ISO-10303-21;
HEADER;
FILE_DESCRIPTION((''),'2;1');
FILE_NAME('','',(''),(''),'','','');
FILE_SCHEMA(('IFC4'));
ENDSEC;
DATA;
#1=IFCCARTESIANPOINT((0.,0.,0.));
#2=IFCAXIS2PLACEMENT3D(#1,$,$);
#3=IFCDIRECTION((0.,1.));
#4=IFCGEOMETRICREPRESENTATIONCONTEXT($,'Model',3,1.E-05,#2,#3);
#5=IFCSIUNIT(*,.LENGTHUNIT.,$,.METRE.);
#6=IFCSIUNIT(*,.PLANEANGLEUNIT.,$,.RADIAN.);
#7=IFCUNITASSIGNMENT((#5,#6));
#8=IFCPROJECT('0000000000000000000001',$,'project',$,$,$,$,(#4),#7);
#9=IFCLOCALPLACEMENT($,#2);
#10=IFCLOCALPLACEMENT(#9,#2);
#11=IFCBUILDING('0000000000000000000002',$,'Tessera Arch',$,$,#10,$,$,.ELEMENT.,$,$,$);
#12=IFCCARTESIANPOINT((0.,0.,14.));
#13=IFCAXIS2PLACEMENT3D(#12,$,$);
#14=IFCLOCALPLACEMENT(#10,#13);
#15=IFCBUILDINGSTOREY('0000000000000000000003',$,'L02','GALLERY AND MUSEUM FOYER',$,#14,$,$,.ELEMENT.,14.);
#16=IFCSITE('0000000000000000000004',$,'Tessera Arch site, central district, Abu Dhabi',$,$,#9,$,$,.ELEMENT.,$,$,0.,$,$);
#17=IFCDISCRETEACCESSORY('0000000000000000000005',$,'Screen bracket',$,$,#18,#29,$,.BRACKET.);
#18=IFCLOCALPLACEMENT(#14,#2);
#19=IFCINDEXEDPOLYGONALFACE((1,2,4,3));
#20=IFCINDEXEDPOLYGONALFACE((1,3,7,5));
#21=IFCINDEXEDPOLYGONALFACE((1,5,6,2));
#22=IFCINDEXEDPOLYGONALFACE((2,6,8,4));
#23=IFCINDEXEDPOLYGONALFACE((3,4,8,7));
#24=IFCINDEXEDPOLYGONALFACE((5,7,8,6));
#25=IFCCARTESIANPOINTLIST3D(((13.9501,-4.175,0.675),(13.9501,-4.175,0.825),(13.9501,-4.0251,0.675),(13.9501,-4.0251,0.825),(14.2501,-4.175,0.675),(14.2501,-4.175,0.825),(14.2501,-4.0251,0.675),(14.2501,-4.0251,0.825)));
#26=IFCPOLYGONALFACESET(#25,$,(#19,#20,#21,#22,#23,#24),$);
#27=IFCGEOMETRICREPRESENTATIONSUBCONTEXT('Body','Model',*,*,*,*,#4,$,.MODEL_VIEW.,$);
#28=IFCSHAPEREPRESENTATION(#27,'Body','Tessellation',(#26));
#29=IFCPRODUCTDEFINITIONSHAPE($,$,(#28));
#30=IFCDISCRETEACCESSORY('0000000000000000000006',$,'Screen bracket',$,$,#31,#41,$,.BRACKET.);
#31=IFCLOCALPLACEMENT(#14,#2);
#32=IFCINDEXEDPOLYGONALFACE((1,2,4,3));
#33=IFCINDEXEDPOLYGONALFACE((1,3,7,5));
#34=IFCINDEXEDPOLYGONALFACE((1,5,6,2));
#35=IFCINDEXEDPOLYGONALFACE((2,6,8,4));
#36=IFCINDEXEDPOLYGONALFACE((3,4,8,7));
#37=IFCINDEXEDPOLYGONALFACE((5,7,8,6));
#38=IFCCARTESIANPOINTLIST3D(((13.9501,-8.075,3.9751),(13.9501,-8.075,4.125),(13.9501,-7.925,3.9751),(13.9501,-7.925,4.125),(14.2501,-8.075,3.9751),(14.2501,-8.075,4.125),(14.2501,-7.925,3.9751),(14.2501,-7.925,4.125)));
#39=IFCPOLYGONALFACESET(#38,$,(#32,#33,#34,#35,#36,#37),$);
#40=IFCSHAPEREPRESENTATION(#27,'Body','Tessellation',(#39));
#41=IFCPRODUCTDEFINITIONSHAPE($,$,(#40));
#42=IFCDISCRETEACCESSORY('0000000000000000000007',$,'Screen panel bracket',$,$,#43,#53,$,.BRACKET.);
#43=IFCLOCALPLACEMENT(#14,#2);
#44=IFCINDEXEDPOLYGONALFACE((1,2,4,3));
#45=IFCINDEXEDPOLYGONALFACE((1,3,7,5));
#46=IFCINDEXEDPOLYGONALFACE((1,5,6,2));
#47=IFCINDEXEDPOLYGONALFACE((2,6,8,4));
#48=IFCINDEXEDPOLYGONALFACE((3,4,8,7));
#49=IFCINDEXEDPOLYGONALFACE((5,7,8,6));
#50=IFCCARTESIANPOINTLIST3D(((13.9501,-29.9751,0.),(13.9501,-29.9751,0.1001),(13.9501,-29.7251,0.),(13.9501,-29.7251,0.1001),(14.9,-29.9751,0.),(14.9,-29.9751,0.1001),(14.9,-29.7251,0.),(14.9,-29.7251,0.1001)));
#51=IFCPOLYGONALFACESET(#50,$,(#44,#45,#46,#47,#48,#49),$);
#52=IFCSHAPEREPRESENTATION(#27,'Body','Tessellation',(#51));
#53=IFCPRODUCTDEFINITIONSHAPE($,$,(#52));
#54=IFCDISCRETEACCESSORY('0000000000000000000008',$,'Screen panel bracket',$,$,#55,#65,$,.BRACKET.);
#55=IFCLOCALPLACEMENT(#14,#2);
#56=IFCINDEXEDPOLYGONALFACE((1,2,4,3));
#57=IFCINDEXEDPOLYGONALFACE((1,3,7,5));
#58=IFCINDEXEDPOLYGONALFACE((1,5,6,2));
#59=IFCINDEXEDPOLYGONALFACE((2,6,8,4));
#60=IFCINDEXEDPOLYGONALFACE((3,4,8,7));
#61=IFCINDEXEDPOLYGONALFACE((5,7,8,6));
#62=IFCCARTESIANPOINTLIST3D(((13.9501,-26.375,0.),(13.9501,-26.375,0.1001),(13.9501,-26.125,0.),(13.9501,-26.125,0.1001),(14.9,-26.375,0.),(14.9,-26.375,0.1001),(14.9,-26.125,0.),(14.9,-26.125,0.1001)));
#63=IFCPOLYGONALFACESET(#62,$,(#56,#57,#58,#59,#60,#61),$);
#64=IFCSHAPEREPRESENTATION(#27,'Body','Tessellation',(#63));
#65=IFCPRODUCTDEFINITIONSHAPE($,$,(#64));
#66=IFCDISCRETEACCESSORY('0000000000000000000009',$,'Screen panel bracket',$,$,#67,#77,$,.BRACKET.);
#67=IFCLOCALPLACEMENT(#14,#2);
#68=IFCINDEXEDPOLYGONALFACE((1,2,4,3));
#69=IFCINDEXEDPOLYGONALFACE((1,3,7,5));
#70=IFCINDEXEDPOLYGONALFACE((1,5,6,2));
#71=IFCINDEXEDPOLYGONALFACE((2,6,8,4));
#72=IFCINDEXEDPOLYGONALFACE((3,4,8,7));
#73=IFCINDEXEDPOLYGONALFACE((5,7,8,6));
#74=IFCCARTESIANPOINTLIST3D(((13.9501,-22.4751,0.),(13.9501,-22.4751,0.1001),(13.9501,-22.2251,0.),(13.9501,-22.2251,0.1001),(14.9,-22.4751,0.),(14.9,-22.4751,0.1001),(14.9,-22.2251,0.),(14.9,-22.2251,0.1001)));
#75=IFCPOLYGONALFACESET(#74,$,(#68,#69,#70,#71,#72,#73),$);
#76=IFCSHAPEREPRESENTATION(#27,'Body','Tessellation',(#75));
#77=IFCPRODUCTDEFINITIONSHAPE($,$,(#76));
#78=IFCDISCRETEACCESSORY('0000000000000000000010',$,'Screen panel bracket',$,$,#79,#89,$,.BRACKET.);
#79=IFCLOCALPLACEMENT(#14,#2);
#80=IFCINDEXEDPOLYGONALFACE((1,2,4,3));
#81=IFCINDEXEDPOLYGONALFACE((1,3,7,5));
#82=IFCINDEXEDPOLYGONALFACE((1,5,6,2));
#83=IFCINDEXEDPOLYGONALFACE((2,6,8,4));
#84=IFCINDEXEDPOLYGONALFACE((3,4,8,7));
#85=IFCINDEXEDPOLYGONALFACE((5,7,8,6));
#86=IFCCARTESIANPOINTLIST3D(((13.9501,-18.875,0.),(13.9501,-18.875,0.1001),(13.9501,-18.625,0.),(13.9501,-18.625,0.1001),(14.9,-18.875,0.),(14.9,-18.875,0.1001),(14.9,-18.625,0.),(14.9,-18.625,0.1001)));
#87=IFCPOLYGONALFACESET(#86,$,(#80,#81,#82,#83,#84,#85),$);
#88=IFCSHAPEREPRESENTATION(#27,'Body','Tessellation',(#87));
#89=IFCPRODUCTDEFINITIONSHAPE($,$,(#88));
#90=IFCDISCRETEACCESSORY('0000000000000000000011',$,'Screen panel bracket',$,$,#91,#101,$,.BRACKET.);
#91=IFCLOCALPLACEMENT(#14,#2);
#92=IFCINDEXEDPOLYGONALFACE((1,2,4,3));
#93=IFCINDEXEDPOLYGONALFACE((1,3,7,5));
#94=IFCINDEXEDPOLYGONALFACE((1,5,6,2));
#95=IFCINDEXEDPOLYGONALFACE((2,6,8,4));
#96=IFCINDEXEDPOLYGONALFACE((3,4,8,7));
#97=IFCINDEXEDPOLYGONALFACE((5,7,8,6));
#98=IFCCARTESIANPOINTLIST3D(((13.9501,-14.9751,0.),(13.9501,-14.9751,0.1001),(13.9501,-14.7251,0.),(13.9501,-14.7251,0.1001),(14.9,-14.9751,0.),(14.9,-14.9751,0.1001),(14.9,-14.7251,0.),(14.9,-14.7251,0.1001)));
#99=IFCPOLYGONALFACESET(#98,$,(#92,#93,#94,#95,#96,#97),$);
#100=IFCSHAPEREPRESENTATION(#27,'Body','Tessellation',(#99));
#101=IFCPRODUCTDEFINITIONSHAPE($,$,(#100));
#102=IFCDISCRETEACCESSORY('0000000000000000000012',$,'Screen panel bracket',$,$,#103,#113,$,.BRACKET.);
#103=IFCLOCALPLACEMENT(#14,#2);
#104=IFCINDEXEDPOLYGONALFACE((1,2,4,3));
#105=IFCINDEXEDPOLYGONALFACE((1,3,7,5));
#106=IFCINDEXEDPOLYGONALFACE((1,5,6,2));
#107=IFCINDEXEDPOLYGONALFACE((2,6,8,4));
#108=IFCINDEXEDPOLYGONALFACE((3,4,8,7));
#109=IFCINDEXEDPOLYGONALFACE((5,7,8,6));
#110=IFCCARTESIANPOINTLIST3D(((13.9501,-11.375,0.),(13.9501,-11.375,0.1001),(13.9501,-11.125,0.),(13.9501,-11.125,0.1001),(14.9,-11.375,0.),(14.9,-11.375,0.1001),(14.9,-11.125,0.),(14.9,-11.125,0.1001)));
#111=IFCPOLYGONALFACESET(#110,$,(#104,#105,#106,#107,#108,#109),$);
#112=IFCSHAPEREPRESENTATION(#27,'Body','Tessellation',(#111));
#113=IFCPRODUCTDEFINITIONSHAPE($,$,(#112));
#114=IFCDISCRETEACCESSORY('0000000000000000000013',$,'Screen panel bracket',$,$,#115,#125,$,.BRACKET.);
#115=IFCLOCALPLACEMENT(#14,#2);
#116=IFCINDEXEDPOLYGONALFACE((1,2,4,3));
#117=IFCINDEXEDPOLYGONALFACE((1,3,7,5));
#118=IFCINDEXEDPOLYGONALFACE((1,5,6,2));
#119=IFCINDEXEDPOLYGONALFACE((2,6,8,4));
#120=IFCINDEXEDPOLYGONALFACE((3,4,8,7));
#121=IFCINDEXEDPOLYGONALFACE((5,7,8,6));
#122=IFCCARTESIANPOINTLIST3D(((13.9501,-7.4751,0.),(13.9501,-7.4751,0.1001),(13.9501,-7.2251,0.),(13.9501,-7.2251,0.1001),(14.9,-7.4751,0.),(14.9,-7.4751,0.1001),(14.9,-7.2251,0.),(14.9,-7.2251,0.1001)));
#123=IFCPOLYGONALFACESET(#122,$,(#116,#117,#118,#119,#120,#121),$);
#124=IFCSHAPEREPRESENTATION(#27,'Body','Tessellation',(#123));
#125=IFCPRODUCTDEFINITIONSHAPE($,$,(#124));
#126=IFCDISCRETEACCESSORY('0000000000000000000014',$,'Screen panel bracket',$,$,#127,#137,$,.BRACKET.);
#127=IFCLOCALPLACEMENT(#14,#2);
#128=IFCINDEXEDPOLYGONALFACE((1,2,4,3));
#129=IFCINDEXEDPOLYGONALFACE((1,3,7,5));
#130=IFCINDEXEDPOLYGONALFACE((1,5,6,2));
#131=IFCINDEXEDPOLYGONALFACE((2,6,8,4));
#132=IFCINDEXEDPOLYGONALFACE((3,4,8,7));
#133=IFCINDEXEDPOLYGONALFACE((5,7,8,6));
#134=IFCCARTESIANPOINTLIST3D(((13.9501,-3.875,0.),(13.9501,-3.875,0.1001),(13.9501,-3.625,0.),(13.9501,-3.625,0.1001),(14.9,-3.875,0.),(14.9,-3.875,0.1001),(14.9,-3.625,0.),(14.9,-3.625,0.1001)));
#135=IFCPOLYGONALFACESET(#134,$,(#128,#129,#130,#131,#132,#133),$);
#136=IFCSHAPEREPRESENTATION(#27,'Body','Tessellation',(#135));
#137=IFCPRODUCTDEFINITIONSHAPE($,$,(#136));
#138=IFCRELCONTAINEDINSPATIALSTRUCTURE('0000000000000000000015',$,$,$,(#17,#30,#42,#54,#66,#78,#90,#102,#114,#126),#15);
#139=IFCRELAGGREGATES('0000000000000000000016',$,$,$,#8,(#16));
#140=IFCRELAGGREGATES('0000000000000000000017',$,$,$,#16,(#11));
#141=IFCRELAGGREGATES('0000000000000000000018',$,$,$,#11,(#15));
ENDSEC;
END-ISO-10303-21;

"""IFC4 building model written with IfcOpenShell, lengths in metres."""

from ifc_helpers import new_model, si_unit, direction, frame, origin, origin_2d, place, context, subcontext, project, spatial, rectangle, extrude, element, save


model = new_model("IFC4")

# Units and contexts
model_context = context("Model", 3, precision=1e-05, world=origin(), true_north=direction((0.0, 1.0)))
body_context = subcontext(model_context, "Body", "Model", "MODEL_VIEW")
ifc_project = project(units=[si_unit("LENGTHUNIT", "METRE"), si_unit("PLANEANGLEUNIT", "RADIAN")], contexts=[model_context])

# Site, building, storey
site_placement = place(None, origin())
site = spatial("IfcSite", under=ifc_project, at=site_placement, Name="Tessera Arch site, central district, Abu Dhabi", CompositionType="ELEMENT", RefElevation=0.0)
building_placement = place(site_placement, origin())
building = spatial("IfcBuilding", under=site, at=building_placement, Name="Tessera Arch", CompositionType="ELEMENT")
storey_placement = place(building_placement, frame((0.0, 0.0, 14.0)))
storey = spatial("IfcBuildingStorey", under=building, at=storey_placement, Name="L02", Description="GALLERY AND MUSEUM FOYER", CompositionType="ELEMENT", Elevation=14.0)

# Discrete accessories
for number, where, z_axis, x_axis, name in (
    (1, (14.1001, -4.1001, 0.675), (0.0, 0.0, 1.0), (1.0, 0.0, 0.0), "Screen bracket"),
    (2, (14.1001, -8.0, 3.9751), (0.0, 0.0, 1.0), (1.0, 0.0, 0.0), "Screen bracket"),
):
    element("IfcDiscreteAccessory", number, at=place(storey_placement, frame(where, z_axis=z_axis, x_axis=x_axis)), inside=storey, Name=name, PredefinedType="BRACKET", context=body_context, shape_type="SweptSolid", body=[
        extrude(rectangle(XDim=0.3, YDim=0.1499, at=origin_2d()), origin(), (0.0, 0.0, 1.0), 0.1499),
    ])
for number, where, z_axis, x_axis, name in (
    (3, (14.425, -29.8501, 0.0), (0.0, 0.0, 1.0), (1.0, 0.0, 0.0), "Screen panel bracket"),
    (4, (14.425, -26.25, 0.0), (0.0, 0.0, 1.0), (1.0, 0.0, 0.0), "Screen panel bracket"),
    (5, (14.425, -22.3501, 0.0), (0.0, 0.0, 1.0), (1.0, 0.0, 0.0), "Screen panel bracket"),
    (6, (14.425, -18.75, 0.0), (0.0, 0.0, 1.0), (1.0, 0.0, 0.0), "Screen panel bracket"),
    (7, (14.425, -14.8501, 0.0), (0.0, 0.0, 1.0), (1.0, 0.0, 0.0), "Screen panel bracket"),
    (8, (14.425, -11.25, 0.0), (0.0, 0.0, 1.0), (1.0, 0.0, 0.0), "Screen panel bracket"),
    (9, (14.425, -7.3501, 0.0), (0.0, 0.0, 1.0), (1.0, 0.0, 0.0), "Screen panel bracket"),
    (10, (14.425, -3.75, 0.0), (0.0, 0.0, 1.0), (1.0, 0.0, 0.0), "Screen panel bracket"),
):
    element("IfcDiscreteAccessory", number, at=place(storey_placement, frame(where, z_axis=z_axis, x_axis=x_axis)), inside=storey, Name=name, PredefinedType="BRACKET", context=body_context, shape_type="SweptSolid", body=[
        extrude(rectangle(XDim=0.95, YDim=0.25, at=origin_2d()), origin(), (0.0, 0.0, 1.0), 0.1001),
    ])

save(model, "model.ifc")
